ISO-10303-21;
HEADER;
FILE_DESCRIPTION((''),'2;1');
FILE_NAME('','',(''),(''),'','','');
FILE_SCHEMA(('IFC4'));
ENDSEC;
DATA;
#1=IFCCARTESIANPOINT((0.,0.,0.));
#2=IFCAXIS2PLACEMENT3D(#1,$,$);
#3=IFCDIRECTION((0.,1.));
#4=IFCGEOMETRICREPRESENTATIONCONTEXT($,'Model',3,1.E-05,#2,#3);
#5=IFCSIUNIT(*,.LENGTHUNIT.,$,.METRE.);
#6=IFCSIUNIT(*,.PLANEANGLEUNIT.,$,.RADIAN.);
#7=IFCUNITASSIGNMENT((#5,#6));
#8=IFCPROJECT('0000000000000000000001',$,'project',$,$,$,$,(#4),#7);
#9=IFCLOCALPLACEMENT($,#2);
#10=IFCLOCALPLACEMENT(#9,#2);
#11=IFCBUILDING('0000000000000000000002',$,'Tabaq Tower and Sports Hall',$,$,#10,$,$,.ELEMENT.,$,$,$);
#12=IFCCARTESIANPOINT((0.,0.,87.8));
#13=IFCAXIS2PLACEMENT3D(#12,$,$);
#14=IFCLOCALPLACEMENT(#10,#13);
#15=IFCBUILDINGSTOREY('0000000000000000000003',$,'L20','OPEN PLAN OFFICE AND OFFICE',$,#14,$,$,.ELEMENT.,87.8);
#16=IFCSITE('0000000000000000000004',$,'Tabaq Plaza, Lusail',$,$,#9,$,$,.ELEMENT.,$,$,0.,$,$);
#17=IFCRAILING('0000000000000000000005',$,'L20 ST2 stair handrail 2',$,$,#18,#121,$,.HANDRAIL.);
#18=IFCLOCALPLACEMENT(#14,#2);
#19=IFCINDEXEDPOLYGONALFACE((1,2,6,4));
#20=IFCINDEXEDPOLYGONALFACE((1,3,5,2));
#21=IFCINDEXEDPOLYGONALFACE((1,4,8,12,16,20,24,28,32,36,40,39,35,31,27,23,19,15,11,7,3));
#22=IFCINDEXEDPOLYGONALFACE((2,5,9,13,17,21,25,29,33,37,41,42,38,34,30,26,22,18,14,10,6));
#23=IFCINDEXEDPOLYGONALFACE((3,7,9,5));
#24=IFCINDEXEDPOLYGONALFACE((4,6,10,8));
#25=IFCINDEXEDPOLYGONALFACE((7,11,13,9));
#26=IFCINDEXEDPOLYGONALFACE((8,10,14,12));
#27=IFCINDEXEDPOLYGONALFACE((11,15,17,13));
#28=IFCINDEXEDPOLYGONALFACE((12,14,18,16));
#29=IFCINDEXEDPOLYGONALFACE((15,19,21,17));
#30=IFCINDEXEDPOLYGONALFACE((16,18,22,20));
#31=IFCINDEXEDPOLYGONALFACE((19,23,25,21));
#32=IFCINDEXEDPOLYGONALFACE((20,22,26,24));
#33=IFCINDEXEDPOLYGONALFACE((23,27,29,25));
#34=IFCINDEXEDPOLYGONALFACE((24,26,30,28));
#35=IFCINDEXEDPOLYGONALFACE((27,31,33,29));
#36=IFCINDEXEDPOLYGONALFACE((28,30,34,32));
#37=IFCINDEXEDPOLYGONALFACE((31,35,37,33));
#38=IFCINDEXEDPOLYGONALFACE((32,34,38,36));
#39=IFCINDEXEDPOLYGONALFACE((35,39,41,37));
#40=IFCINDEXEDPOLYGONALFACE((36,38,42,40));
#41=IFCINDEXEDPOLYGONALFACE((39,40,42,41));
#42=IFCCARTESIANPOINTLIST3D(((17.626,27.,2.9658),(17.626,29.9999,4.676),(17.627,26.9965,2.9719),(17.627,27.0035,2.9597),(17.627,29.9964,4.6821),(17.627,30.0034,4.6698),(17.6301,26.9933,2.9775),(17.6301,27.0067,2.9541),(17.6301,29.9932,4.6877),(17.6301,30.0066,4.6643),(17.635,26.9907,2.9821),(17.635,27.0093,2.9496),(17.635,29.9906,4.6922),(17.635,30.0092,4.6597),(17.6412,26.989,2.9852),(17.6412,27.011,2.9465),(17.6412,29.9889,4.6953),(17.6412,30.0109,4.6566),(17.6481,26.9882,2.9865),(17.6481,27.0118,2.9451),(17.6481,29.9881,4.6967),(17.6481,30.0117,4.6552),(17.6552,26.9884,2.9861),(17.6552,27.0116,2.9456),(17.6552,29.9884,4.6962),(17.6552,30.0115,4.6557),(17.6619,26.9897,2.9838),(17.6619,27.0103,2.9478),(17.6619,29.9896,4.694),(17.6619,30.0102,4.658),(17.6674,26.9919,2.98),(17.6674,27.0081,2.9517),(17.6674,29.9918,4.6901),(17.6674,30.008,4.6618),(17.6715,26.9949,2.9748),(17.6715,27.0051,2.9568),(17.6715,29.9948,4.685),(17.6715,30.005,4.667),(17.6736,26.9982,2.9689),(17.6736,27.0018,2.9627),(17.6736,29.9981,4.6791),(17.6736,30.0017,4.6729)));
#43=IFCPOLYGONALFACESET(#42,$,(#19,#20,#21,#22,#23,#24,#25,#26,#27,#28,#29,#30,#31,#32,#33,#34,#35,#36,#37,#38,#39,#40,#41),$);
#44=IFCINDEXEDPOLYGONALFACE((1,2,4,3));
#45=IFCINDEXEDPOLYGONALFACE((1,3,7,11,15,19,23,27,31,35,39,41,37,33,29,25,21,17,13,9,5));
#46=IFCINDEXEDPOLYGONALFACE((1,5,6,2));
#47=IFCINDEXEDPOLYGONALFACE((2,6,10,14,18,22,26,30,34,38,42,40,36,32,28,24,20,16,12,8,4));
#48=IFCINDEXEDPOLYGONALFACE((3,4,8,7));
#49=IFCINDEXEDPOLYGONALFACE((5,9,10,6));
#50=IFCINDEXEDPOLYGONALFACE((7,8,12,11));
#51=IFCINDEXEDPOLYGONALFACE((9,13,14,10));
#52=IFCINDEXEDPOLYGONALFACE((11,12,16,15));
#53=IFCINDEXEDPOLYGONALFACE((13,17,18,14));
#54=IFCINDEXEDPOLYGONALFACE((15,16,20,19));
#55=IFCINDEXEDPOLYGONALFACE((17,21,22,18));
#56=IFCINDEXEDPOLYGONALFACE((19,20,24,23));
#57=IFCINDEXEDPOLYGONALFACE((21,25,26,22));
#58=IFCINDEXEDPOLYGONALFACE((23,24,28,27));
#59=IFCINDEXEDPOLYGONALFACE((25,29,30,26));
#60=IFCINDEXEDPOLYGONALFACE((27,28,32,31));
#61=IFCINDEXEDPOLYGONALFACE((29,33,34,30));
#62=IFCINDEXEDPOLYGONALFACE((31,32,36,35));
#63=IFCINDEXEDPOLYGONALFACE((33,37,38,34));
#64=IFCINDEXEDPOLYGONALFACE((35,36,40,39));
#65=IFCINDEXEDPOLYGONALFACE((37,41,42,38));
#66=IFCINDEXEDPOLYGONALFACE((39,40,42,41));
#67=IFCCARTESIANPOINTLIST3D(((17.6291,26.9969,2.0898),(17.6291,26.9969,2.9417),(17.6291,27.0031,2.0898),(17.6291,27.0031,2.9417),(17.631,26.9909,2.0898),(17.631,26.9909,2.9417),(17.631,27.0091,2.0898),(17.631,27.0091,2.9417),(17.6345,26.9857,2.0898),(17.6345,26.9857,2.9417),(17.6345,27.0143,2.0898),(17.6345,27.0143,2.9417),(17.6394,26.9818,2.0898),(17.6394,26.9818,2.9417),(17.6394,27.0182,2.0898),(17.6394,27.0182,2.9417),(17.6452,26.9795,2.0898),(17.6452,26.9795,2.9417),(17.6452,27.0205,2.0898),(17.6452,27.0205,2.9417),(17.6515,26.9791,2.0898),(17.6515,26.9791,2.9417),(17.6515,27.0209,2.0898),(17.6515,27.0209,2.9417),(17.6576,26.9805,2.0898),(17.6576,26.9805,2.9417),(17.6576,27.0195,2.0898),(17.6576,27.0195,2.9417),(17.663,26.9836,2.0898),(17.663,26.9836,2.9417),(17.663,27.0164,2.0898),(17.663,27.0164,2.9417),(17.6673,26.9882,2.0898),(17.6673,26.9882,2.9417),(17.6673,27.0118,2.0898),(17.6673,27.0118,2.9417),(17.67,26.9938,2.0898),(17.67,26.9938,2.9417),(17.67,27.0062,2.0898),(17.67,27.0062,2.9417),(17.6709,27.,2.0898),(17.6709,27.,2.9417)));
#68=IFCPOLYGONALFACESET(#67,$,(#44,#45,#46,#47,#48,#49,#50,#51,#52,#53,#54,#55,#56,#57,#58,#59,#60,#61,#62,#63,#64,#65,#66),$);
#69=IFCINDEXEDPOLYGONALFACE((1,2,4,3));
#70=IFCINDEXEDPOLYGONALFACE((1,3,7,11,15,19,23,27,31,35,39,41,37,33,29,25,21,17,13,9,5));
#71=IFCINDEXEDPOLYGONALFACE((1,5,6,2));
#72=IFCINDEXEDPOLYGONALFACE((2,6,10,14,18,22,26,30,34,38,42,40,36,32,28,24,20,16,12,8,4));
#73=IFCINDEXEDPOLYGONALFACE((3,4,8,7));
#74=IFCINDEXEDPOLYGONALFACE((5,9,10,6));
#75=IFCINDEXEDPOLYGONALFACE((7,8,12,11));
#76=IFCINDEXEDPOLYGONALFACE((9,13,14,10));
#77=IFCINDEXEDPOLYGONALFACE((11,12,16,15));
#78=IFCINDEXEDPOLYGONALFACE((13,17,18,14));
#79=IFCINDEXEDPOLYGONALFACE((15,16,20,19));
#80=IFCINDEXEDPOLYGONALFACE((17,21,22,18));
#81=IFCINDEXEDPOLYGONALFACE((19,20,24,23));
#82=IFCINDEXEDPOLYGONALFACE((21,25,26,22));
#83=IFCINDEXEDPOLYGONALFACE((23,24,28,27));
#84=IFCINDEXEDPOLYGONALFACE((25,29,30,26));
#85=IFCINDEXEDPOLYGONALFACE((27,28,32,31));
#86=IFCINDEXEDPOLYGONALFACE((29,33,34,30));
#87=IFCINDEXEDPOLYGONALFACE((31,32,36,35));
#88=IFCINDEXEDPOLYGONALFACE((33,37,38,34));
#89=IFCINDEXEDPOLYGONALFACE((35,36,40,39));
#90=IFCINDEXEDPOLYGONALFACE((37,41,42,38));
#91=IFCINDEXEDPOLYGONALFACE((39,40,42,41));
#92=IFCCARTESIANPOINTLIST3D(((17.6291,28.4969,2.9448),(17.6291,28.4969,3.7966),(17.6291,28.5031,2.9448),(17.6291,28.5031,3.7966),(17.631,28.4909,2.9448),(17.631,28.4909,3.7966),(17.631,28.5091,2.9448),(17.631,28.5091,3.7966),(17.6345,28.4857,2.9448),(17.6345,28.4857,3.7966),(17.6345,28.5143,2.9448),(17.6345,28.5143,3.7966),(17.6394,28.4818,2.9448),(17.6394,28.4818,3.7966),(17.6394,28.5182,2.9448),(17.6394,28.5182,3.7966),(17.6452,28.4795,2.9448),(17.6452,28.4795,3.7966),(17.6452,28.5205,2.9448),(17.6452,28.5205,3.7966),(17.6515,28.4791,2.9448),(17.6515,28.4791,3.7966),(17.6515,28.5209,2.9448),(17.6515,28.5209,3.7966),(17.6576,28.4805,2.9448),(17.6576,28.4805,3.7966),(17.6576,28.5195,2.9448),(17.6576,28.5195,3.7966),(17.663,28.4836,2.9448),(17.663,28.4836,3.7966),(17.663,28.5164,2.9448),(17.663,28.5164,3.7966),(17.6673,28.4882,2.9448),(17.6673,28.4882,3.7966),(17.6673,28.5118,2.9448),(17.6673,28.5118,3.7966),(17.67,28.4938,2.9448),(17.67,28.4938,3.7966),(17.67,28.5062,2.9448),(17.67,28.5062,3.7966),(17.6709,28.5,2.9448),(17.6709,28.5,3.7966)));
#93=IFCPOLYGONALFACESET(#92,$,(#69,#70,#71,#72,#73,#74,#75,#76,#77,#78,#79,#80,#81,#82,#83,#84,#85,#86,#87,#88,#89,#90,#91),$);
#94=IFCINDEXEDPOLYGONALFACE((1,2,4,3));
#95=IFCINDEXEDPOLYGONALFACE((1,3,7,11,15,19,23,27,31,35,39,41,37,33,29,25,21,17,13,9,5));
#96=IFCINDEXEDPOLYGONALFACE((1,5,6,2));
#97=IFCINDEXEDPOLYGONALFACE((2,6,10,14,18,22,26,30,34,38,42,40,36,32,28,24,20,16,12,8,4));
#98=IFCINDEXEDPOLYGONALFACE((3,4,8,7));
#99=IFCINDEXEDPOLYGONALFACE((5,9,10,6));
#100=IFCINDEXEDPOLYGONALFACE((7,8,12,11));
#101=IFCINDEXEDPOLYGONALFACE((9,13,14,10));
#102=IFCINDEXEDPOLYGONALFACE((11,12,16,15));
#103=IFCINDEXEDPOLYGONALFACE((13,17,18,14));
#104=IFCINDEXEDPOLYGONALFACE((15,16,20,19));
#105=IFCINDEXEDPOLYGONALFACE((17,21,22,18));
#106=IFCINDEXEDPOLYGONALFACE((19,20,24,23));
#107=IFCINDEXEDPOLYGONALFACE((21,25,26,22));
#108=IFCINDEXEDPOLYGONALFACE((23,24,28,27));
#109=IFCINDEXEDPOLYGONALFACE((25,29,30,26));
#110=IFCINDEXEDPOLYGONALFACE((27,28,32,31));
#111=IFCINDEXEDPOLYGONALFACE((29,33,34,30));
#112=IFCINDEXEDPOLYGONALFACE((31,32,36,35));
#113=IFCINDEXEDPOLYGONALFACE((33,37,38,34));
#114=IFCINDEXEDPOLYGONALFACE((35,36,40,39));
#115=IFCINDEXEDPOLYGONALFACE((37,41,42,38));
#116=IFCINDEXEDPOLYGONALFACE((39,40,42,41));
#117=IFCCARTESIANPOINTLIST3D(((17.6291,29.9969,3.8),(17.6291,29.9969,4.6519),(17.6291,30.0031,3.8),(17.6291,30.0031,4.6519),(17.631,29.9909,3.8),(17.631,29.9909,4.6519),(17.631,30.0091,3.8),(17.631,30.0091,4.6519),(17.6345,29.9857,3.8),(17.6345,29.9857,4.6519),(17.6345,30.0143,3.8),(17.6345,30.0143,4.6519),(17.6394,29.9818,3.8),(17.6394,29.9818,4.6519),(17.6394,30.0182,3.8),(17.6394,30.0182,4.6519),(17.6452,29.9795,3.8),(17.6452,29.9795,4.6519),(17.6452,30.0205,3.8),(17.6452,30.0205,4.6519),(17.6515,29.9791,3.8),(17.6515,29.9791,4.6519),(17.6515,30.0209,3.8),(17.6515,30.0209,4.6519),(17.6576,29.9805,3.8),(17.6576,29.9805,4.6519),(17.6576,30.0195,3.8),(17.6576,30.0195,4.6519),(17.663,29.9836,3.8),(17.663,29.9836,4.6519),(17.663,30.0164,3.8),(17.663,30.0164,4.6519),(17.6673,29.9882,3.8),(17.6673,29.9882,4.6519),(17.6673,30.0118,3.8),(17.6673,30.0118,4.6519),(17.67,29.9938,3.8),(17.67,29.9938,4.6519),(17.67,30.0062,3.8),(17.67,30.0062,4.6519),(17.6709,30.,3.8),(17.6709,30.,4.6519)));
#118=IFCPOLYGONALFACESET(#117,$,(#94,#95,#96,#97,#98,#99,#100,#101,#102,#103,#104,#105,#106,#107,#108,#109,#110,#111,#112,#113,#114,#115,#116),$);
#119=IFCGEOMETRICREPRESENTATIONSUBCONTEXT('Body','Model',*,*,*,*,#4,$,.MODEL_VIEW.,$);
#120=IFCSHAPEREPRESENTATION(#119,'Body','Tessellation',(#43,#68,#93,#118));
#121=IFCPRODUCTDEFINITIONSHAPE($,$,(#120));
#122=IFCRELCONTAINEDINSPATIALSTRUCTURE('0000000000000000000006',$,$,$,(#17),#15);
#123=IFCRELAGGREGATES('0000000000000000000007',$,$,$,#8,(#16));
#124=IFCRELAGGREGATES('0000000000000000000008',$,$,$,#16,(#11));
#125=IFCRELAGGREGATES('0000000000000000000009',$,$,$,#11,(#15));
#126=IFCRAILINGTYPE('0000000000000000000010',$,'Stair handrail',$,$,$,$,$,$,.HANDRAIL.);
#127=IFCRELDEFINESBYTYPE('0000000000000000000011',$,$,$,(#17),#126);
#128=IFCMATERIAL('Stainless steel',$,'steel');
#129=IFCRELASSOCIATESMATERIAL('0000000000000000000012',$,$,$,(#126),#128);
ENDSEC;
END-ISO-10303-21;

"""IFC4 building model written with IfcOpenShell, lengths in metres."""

from ifc_helpers import new_model, si_unit, direction, frame, origin, origin_2d, place, context, subcontext, project, spatial, circle, extrude, material, type_object, element, save


model = new_model("IFC4")

# Units and contexts
model_context = context("Model", 3, precision=1e-05, world=origin(), true_north=direction((0.0, 1.0)))
body_context = subcontext(model_context, "Body", "Model", "MODEL_VIEW")
ifc_project = project(units=[si_unit("LENGTHUNIT", "METRE"), si_unit("PLANEANGLEUNIT", "RADIAN")], contexts=[model_context])

# Site, building, storey
site_placement = place(None, origin())
site = spatial("IfcSite", under=ifc_project, at=site_placement, Name="Tabaq Plaza, Lusail", CompositionType="ELEMENT", RefElevation=0.0)
building_placement = place(site_placement, origin())
building = spatial("IfcBuilding", under=site, at=building_placement, Name="Tabaq Tower and Sports Hall", CompositionType="ELEMENT")
storey_placement = place(building_placement, frame((0.0, 0.0, 87.8)))
storey = spatial("IfcBuildingStorey", under=building, at=storey_placement, Name="L20", Description="OPEN PLAN OFFICE AND OFFICE", CompositionType="ELEMENT", Elevation=87.8)

# Railing
ifc_material_1 = material(Name="Stainless steel", Category="steel")
railing_type_1 = type_object("IfcRailingType", Name="Stair handrail", PredefinedType="HANDRAIL", material=ifc_material_1)
railing_1_placement = place(storey_placement, frame((17.6499, 27.0, 2.0898)))
element("IfcRailing", 1, at=railing_1_placement, inside=storey, type_object=railing_type_1, Name="L20 ST2 stair handrail 2", PredefinedType="HANDRAIL", context=body_context, shape_type="SweptSolid", body=[
    extrude(circle(Radius=0.0239, at=origin_2d()), frame((0.0, 0.0, 0.876), z_axis=(0.0, 0.868752, 0.495248), x_axis=(-1.0, 0.0, 0.0)), (0.0, 0.0, 1.0), 3.4531),
    extrude(circle(Radius=0.021, at=origin_2d()), origin(), (0.0, 0.0, 1.0), 0.8518),
    extrude(circle(Radius=0.021, at=origin_2d()), frame((0.0, 1.5, 0.855)), (0.0, 0.0, 1.0), 0.8518),
    extrude(circle(Radius=0.021, at=origin_2d()), frame((0.0, 3.0, 1.7102)), (0.0, 0.0, 1.0), 0.8518),
])

save(model, "model.ifc")
